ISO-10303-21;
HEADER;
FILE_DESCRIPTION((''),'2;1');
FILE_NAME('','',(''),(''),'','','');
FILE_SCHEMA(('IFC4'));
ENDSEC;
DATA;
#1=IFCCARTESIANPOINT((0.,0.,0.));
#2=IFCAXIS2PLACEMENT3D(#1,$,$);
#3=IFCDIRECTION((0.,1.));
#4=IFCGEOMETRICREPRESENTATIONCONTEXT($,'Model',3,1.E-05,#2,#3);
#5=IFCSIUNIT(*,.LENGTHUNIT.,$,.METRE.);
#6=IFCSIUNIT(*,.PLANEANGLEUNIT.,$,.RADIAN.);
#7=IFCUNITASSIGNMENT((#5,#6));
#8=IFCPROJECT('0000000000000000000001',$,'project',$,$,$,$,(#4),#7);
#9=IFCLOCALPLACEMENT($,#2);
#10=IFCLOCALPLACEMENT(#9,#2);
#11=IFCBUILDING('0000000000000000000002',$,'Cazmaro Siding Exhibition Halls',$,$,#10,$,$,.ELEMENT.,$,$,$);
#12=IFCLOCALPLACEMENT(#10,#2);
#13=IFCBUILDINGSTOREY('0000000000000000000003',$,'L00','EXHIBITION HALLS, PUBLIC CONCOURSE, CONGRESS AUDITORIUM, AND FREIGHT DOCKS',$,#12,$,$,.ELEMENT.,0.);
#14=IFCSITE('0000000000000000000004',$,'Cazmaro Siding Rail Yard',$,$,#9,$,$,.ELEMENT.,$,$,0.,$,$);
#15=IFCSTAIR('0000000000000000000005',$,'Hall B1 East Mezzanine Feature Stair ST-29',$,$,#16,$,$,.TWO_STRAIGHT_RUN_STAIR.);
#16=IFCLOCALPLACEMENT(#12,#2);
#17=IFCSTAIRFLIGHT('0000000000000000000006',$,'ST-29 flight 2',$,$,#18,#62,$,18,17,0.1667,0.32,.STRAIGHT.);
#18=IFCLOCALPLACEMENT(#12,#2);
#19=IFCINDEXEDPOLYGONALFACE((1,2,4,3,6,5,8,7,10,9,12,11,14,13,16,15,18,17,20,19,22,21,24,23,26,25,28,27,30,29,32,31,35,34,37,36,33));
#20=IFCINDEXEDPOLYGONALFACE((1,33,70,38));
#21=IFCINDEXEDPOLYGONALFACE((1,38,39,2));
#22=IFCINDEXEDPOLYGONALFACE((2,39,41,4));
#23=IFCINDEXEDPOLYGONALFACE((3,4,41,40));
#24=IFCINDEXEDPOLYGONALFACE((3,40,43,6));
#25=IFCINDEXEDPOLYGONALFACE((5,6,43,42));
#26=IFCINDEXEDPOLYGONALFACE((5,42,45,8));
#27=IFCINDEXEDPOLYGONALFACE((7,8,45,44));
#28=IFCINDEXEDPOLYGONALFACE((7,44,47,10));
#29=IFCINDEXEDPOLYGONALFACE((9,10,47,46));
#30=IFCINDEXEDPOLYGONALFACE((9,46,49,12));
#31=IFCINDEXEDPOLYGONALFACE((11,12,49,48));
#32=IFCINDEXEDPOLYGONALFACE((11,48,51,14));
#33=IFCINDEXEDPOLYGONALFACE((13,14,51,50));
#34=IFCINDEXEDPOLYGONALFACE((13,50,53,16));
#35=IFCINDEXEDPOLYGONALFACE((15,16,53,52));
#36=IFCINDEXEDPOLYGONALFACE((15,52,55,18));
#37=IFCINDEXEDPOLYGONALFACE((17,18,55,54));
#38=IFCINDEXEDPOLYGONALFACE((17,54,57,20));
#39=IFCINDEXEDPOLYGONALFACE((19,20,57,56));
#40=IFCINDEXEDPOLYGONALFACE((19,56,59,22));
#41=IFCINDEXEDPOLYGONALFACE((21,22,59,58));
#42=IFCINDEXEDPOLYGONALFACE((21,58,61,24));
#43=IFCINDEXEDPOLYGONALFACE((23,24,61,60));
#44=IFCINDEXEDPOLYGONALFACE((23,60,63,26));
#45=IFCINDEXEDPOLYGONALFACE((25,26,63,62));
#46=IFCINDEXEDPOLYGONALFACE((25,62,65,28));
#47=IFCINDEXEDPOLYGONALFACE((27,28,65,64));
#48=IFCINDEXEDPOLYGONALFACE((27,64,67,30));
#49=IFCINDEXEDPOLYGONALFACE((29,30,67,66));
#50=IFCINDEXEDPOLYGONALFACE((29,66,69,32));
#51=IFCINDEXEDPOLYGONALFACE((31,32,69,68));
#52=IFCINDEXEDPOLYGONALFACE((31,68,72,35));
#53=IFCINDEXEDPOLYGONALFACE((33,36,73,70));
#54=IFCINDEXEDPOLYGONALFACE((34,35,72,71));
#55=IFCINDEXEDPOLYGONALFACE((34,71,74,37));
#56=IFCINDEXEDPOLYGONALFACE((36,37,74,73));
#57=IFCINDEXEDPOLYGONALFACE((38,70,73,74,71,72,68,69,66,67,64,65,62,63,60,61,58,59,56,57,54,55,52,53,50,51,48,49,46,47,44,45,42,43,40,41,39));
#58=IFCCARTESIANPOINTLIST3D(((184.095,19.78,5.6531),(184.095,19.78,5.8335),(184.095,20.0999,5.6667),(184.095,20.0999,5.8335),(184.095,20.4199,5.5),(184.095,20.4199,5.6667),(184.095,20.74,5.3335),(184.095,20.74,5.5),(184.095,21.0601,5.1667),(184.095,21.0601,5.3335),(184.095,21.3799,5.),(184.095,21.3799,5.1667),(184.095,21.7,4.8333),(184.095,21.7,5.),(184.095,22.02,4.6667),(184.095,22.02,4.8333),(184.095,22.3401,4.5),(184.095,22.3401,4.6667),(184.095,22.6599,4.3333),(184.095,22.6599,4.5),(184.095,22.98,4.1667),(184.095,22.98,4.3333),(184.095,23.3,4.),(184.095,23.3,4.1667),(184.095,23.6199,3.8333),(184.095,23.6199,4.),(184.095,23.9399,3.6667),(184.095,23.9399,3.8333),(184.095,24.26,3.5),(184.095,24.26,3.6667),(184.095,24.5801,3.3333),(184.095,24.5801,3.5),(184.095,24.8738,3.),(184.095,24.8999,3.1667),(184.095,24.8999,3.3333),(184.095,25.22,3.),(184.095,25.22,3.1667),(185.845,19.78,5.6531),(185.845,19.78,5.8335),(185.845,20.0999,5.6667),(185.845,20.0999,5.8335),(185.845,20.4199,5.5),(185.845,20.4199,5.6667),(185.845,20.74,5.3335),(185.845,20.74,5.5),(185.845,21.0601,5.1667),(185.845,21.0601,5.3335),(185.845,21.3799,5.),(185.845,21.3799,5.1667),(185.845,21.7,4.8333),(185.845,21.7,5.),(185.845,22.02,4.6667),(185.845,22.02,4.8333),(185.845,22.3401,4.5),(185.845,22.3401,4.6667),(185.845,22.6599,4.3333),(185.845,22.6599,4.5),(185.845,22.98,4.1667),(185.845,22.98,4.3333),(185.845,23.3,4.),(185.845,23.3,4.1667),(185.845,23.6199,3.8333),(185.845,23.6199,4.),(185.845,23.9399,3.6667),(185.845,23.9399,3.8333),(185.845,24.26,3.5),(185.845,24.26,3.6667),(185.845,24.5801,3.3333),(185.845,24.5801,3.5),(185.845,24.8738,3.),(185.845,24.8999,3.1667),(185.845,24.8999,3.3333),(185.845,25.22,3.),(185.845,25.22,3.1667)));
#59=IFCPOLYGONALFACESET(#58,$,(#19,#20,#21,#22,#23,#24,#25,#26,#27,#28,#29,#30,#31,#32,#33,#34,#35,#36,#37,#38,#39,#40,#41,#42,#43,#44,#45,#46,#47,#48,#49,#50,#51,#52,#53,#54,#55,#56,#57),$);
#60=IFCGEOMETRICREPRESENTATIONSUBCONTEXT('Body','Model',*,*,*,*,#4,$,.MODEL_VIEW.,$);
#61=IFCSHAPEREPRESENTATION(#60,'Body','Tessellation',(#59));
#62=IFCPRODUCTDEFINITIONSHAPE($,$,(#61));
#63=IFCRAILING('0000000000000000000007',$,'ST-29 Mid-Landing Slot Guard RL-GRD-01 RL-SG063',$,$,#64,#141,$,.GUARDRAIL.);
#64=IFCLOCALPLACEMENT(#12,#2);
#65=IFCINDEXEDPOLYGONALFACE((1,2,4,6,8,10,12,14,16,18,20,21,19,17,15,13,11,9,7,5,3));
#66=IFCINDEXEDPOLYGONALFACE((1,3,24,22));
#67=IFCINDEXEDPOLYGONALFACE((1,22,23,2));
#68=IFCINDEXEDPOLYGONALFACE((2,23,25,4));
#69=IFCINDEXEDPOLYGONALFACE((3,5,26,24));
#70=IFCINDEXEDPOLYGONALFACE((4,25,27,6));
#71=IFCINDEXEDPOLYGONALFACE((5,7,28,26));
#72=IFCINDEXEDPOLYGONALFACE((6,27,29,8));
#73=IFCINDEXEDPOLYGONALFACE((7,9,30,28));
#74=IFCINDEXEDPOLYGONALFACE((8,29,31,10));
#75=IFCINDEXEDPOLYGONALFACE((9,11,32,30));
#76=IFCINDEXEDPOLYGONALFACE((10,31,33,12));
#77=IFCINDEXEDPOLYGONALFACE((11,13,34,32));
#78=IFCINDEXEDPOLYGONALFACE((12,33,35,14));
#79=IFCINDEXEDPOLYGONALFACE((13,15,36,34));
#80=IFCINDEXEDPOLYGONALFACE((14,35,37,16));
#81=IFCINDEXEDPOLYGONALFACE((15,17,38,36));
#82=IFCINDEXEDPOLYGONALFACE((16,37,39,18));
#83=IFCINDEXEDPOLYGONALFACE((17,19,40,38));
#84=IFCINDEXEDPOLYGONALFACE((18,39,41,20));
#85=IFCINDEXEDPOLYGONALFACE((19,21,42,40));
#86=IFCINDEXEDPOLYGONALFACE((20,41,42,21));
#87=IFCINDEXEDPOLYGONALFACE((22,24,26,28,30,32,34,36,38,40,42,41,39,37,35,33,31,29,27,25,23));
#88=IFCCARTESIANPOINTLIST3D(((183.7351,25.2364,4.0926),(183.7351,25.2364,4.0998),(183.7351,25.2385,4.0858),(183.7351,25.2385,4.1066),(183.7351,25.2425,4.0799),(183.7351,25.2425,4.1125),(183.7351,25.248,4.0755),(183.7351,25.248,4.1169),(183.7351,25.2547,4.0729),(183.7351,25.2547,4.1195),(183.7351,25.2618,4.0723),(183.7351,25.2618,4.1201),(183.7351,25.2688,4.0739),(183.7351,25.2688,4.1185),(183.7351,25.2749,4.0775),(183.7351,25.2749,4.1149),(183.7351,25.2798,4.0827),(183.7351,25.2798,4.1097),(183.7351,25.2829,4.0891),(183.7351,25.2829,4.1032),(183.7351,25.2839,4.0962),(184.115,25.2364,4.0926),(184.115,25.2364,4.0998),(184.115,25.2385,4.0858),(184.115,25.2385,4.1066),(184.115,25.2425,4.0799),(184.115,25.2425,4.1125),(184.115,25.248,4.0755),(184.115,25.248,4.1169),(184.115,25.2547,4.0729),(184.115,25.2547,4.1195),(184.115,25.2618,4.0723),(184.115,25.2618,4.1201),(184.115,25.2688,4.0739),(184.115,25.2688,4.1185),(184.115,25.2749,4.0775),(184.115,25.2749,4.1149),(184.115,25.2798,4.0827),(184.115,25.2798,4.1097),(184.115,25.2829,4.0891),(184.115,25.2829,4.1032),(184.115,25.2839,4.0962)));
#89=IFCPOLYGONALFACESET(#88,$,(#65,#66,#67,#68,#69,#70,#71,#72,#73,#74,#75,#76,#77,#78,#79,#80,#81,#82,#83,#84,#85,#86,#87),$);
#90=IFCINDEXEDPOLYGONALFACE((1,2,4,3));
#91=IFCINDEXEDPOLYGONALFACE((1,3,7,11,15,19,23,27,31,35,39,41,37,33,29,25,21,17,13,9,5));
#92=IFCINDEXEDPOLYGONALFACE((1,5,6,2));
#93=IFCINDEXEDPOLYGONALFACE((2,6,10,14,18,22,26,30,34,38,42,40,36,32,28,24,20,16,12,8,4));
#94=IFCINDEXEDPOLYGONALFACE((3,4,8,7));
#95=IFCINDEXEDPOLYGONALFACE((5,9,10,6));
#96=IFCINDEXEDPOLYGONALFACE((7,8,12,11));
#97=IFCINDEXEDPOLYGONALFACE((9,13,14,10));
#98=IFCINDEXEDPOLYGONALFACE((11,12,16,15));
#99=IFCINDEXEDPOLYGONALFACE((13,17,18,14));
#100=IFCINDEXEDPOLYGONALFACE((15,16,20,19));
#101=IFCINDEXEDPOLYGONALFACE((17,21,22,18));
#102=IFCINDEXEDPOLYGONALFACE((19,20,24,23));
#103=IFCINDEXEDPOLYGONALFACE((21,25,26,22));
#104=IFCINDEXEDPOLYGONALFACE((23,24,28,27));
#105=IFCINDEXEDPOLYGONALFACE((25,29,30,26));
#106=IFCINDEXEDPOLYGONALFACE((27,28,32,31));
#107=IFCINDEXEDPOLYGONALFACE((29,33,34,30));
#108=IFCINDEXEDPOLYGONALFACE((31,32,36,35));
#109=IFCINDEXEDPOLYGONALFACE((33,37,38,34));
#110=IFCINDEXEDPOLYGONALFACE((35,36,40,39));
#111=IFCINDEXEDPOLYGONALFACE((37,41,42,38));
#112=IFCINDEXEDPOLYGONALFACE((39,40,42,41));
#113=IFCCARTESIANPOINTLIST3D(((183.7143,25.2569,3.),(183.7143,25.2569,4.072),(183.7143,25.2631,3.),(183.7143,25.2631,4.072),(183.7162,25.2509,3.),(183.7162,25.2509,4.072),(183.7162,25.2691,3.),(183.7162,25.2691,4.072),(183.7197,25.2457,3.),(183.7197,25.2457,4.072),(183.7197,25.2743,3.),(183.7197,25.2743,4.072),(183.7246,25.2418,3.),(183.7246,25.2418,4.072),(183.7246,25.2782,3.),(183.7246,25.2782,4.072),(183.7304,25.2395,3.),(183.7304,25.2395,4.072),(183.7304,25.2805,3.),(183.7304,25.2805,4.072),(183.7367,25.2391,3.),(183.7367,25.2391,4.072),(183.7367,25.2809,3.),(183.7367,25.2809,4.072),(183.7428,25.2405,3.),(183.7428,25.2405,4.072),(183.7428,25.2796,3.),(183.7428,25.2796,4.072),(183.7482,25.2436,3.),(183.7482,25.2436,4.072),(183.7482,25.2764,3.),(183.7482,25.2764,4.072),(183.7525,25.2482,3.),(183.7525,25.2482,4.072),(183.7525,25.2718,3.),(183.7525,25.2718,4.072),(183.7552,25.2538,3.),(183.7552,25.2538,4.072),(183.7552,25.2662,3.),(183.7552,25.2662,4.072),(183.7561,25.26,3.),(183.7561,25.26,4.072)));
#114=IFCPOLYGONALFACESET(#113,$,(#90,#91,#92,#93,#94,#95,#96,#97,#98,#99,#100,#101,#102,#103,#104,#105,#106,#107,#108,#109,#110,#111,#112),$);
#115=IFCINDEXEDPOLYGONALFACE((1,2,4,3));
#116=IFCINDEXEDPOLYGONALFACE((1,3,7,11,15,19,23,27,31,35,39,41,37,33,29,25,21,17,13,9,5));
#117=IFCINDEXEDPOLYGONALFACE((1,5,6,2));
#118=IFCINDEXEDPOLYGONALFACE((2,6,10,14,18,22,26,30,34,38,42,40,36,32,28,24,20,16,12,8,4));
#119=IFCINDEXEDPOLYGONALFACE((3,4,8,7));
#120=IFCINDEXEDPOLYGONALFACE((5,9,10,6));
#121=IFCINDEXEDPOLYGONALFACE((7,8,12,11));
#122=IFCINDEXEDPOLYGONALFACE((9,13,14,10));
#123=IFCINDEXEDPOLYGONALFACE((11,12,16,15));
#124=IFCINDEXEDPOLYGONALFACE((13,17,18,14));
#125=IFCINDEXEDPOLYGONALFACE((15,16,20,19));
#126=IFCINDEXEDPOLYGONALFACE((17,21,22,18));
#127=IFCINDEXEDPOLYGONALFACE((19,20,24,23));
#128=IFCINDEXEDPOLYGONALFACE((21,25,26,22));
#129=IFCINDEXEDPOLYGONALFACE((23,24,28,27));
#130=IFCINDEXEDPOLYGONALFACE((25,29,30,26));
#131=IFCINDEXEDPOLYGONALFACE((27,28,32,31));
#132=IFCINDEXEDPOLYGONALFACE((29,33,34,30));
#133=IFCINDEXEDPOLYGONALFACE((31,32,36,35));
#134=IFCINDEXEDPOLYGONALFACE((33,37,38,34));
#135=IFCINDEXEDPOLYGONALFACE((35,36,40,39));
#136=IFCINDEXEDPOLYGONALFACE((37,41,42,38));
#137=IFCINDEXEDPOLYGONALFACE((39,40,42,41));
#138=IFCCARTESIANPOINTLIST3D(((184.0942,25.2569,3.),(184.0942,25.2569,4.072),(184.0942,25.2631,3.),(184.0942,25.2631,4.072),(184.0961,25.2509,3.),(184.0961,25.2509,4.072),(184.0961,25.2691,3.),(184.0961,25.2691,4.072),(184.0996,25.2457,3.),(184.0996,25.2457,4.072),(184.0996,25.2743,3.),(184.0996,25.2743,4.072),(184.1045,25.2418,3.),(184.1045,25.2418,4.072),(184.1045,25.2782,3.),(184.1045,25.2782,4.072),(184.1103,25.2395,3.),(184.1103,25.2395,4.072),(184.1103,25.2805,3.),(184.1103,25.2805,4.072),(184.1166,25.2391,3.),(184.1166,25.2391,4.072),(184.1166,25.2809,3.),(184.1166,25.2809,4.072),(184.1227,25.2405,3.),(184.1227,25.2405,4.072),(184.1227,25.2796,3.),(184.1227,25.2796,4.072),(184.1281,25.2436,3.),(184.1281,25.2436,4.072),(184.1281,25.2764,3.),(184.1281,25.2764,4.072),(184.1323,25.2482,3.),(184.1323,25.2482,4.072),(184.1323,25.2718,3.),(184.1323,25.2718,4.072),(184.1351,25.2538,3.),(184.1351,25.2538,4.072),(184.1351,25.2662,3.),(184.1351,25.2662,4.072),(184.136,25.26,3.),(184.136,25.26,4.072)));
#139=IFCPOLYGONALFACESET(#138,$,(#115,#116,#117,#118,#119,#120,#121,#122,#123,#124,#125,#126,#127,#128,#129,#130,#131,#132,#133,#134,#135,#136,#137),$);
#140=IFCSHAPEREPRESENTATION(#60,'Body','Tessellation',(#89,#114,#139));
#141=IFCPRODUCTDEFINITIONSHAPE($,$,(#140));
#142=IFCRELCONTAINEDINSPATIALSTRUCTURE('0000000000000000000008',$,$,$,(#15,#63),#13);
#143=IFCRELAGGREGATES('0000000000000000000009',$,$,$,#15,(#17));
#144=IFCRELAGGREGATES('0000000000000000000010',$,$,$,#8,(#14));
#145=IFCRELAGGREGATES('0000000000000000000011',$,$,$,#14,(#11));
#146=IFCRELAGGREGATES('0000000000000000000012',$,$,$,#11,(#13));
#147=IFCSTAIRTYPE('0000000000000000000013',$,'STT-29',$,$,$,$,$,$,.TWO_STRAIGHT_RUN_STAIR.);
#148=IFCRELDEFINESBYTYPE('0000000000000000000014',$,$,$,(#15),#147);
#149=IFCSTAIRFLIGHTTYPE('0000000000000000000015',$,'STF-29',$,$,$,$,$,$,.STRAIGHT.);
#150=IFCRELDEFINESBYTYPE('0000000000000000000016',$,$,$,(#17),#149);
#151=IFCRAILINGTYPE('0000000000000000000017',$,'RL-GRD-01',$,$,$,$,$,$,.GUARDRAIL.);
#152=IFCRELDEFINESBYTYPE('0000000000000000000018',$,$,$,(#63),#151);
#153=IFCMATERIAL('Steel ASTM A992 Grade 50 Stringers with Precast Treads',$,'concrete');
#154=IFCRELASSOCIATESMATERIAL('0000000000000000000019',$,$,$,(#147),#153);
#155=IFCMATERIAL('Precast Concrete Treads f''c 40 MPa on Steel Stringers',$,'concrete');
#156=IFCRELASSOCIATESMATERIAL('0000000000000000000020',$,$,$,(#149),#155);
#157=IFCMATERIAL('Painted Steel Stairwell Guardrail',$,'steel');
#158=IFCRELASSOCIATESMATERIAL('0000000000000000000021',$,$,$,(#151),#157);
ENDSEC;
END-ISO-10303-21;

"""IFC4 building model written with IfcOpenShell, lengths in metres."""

from ifc_helpers import new_model, si_unit, direction, frame, origin, origin_2d, place, context, subcontext, project, spatial, polyline, circle, outline, extrude, material, type_object, element, aggregate, save


model = new_model("IFC4")

# Units and contexts
model_context = context("Model", 3, precision=1e-05, world=origin(), true_north=direction((0.0, 1.0)))
body_context = subcontext(model_context, "Body", "Model", "MODEL_VIEW")
ifc_project = project(units=[si_unit("LENGTHUNIT", "METRE"), si_unit("PLANEANGLEUNIT", "RADIAN")], contexts=[model_context])

# Site, building, storey
site_placement = place(None, origin())
site = spatial("IfcSite", under=ifc_project, at=site_placement, Name="Cazmaro Siding Rail Yard", CompositionType="ELEMENT", RefElevation=0.0)
building_placement = place(site_placement, origin())
building = spatial("IfcBuilding", under=site, at=building_placement, Name="Cazmaro Siding Exhibition Halls", CompositionType="ELEMENT")
storey_placement = place(building_placement, origin())
storey = spatial("IfcBuildingStorey", under=building, at=storey_placement, Name="L00", Description="EXHIBITION HALLS, PUBLIC CONCOURSE, CONGRESS AUDITORIUM, AND FREIGHT DOCKS", CompositionType="ELEMENT", Elevation=0.0)

# Stair, stair flight
ifc_material_1 = material(Name="Steel ASTM A992 Grade 50 Stringers with Precast Treads", Category="concrete")
stair_type = type_object("IfcStairType", Name="STT-29", PredefinedType="TWO_STRAIGHT_RUN_STAIR", material=ifc_material_1)
stair_placement = place(storey_placement, origin())
stair = element("IfcStair", 1, at=stair_placement, inside=storey, type_object=stair_type, Name="Hall B1 East Mezzanine Feature Stair ST-29", PredefinedType="TWO_STRAIGHT_RUN_STAIR")
ifc_material_2 = material(Name="Precast Concrete Treads f'c 40 MPa on Steel Stringers", Category="concrete")
stair_flight_type = type_object("IfcStairFlightType", Name="STF-29", PredefinedType="STRAIGHT", material=ifc_material_2)
stair_flight_1_placement = place(storey_placement, frame((184.97, 25.22, 3.0), z_axis=(0.0, 0.0, 1.0), x_axis=(0.0, -1.0, 0.0)))
stair_flight_1 = element("IfcStairFlight", 2, at=stair_flight_1_placement, type_object=stair_flight_type, Name="ST-29 flight 2", NumberOfRisers=18, NumberOfTreads=17, PredefinedType="STRAIGHT", RiserHeight=0.1667, TreadLength=0.32, context=body_context, shape_type="SweptSolid", body=[
    extrude(outline(polyline([(0.0, 0.0), (0.0, 0.1667), (0.3201, 0.1667), (0.3201, 0.3333), (0.6399, 0.3333), (0.6399, 0.5), (0.96, 0.5), (0.96, 0.6667), (1.28, 0.6667), (1.28, 0.8333), (1.6001, 0.8333), (1.6001, 1.0), (1.9199, 1.0), (1.9199, 1.1667), (2.24, 1.1667), (2.24, 1.3333), (2.5601, 1.3333), (2.5601, 1.5), (2.8799, 1.5), (2.8799, 1.6667), (3.2, 1.6667), (3.2, 1.8333), (3.52, 1.8333), (3.52, 2.0), (3.8401, 2.0), (3.8401, 2.1667), (4.1599, 2.1667), (4.1599, 2.3335), (4.48, 2.3335), (4.48, 2.5), (4.8, 2.5), (4.8, 2.6667), (5.1201, 2.6667), (5.1201, 2.8335), (5.4399, 2.8335), (5.4399, 3.0), (5.4399, 2.6531), (0.3462, 0.0), (0.0, 0.0)])), frame((0.0, 0.875, 0.0), z_axis=(0.0, -1.0, 0.0), x_axis=(1.0, 0.0, 0.0)), (0.0, 0.0, 1.0), 1.75),
])
aggregate(stair, [stair_flight_1])

# Railing
ifc_material_3 = material(Name="Painted Steel Stairwell Guardrail", Category="steel")
railing_type_1 = type_object("IfcRailingType", Name="RL-GRD-01", PredefinedType="GUARDRAIL", material=ifc_material_3)
railing_1_placement = place(storey_placement, frame((183.7351, 25.26, 3.0)))
element("IfcRailing", 3, at=railing_1_placement, inside=storey, type_object=railing_type_1, Name="ST-29 Mid-Landing Slot Guard RL-GRD-01 RL-SG063", PredefinedType="GUARDRAIL", context=body_context, shape_type="SweptSolid", body=[
    extrude(circle(Radius=0.0239, at=origin_2d()), frame((0.0, 0.0, 1.0962), z_axis=(1.0, 0.0, 0.0), x_axis=(0.0, 1.0, 0.0)), (0.0, 0.0, 1.0), 0.3799),
    extrude(circle(Radius=0.021, at=origin_2d()), origin(), (0.0, 0.0, 1.0), 1.072),
    extrude(circle(Radius=0.021, at=origin_2d()), frame((0.3799, 0.0, 0.0)), (0.0, 0.0, 1.0), 1.072),
])

save(model, "model.ifc")
